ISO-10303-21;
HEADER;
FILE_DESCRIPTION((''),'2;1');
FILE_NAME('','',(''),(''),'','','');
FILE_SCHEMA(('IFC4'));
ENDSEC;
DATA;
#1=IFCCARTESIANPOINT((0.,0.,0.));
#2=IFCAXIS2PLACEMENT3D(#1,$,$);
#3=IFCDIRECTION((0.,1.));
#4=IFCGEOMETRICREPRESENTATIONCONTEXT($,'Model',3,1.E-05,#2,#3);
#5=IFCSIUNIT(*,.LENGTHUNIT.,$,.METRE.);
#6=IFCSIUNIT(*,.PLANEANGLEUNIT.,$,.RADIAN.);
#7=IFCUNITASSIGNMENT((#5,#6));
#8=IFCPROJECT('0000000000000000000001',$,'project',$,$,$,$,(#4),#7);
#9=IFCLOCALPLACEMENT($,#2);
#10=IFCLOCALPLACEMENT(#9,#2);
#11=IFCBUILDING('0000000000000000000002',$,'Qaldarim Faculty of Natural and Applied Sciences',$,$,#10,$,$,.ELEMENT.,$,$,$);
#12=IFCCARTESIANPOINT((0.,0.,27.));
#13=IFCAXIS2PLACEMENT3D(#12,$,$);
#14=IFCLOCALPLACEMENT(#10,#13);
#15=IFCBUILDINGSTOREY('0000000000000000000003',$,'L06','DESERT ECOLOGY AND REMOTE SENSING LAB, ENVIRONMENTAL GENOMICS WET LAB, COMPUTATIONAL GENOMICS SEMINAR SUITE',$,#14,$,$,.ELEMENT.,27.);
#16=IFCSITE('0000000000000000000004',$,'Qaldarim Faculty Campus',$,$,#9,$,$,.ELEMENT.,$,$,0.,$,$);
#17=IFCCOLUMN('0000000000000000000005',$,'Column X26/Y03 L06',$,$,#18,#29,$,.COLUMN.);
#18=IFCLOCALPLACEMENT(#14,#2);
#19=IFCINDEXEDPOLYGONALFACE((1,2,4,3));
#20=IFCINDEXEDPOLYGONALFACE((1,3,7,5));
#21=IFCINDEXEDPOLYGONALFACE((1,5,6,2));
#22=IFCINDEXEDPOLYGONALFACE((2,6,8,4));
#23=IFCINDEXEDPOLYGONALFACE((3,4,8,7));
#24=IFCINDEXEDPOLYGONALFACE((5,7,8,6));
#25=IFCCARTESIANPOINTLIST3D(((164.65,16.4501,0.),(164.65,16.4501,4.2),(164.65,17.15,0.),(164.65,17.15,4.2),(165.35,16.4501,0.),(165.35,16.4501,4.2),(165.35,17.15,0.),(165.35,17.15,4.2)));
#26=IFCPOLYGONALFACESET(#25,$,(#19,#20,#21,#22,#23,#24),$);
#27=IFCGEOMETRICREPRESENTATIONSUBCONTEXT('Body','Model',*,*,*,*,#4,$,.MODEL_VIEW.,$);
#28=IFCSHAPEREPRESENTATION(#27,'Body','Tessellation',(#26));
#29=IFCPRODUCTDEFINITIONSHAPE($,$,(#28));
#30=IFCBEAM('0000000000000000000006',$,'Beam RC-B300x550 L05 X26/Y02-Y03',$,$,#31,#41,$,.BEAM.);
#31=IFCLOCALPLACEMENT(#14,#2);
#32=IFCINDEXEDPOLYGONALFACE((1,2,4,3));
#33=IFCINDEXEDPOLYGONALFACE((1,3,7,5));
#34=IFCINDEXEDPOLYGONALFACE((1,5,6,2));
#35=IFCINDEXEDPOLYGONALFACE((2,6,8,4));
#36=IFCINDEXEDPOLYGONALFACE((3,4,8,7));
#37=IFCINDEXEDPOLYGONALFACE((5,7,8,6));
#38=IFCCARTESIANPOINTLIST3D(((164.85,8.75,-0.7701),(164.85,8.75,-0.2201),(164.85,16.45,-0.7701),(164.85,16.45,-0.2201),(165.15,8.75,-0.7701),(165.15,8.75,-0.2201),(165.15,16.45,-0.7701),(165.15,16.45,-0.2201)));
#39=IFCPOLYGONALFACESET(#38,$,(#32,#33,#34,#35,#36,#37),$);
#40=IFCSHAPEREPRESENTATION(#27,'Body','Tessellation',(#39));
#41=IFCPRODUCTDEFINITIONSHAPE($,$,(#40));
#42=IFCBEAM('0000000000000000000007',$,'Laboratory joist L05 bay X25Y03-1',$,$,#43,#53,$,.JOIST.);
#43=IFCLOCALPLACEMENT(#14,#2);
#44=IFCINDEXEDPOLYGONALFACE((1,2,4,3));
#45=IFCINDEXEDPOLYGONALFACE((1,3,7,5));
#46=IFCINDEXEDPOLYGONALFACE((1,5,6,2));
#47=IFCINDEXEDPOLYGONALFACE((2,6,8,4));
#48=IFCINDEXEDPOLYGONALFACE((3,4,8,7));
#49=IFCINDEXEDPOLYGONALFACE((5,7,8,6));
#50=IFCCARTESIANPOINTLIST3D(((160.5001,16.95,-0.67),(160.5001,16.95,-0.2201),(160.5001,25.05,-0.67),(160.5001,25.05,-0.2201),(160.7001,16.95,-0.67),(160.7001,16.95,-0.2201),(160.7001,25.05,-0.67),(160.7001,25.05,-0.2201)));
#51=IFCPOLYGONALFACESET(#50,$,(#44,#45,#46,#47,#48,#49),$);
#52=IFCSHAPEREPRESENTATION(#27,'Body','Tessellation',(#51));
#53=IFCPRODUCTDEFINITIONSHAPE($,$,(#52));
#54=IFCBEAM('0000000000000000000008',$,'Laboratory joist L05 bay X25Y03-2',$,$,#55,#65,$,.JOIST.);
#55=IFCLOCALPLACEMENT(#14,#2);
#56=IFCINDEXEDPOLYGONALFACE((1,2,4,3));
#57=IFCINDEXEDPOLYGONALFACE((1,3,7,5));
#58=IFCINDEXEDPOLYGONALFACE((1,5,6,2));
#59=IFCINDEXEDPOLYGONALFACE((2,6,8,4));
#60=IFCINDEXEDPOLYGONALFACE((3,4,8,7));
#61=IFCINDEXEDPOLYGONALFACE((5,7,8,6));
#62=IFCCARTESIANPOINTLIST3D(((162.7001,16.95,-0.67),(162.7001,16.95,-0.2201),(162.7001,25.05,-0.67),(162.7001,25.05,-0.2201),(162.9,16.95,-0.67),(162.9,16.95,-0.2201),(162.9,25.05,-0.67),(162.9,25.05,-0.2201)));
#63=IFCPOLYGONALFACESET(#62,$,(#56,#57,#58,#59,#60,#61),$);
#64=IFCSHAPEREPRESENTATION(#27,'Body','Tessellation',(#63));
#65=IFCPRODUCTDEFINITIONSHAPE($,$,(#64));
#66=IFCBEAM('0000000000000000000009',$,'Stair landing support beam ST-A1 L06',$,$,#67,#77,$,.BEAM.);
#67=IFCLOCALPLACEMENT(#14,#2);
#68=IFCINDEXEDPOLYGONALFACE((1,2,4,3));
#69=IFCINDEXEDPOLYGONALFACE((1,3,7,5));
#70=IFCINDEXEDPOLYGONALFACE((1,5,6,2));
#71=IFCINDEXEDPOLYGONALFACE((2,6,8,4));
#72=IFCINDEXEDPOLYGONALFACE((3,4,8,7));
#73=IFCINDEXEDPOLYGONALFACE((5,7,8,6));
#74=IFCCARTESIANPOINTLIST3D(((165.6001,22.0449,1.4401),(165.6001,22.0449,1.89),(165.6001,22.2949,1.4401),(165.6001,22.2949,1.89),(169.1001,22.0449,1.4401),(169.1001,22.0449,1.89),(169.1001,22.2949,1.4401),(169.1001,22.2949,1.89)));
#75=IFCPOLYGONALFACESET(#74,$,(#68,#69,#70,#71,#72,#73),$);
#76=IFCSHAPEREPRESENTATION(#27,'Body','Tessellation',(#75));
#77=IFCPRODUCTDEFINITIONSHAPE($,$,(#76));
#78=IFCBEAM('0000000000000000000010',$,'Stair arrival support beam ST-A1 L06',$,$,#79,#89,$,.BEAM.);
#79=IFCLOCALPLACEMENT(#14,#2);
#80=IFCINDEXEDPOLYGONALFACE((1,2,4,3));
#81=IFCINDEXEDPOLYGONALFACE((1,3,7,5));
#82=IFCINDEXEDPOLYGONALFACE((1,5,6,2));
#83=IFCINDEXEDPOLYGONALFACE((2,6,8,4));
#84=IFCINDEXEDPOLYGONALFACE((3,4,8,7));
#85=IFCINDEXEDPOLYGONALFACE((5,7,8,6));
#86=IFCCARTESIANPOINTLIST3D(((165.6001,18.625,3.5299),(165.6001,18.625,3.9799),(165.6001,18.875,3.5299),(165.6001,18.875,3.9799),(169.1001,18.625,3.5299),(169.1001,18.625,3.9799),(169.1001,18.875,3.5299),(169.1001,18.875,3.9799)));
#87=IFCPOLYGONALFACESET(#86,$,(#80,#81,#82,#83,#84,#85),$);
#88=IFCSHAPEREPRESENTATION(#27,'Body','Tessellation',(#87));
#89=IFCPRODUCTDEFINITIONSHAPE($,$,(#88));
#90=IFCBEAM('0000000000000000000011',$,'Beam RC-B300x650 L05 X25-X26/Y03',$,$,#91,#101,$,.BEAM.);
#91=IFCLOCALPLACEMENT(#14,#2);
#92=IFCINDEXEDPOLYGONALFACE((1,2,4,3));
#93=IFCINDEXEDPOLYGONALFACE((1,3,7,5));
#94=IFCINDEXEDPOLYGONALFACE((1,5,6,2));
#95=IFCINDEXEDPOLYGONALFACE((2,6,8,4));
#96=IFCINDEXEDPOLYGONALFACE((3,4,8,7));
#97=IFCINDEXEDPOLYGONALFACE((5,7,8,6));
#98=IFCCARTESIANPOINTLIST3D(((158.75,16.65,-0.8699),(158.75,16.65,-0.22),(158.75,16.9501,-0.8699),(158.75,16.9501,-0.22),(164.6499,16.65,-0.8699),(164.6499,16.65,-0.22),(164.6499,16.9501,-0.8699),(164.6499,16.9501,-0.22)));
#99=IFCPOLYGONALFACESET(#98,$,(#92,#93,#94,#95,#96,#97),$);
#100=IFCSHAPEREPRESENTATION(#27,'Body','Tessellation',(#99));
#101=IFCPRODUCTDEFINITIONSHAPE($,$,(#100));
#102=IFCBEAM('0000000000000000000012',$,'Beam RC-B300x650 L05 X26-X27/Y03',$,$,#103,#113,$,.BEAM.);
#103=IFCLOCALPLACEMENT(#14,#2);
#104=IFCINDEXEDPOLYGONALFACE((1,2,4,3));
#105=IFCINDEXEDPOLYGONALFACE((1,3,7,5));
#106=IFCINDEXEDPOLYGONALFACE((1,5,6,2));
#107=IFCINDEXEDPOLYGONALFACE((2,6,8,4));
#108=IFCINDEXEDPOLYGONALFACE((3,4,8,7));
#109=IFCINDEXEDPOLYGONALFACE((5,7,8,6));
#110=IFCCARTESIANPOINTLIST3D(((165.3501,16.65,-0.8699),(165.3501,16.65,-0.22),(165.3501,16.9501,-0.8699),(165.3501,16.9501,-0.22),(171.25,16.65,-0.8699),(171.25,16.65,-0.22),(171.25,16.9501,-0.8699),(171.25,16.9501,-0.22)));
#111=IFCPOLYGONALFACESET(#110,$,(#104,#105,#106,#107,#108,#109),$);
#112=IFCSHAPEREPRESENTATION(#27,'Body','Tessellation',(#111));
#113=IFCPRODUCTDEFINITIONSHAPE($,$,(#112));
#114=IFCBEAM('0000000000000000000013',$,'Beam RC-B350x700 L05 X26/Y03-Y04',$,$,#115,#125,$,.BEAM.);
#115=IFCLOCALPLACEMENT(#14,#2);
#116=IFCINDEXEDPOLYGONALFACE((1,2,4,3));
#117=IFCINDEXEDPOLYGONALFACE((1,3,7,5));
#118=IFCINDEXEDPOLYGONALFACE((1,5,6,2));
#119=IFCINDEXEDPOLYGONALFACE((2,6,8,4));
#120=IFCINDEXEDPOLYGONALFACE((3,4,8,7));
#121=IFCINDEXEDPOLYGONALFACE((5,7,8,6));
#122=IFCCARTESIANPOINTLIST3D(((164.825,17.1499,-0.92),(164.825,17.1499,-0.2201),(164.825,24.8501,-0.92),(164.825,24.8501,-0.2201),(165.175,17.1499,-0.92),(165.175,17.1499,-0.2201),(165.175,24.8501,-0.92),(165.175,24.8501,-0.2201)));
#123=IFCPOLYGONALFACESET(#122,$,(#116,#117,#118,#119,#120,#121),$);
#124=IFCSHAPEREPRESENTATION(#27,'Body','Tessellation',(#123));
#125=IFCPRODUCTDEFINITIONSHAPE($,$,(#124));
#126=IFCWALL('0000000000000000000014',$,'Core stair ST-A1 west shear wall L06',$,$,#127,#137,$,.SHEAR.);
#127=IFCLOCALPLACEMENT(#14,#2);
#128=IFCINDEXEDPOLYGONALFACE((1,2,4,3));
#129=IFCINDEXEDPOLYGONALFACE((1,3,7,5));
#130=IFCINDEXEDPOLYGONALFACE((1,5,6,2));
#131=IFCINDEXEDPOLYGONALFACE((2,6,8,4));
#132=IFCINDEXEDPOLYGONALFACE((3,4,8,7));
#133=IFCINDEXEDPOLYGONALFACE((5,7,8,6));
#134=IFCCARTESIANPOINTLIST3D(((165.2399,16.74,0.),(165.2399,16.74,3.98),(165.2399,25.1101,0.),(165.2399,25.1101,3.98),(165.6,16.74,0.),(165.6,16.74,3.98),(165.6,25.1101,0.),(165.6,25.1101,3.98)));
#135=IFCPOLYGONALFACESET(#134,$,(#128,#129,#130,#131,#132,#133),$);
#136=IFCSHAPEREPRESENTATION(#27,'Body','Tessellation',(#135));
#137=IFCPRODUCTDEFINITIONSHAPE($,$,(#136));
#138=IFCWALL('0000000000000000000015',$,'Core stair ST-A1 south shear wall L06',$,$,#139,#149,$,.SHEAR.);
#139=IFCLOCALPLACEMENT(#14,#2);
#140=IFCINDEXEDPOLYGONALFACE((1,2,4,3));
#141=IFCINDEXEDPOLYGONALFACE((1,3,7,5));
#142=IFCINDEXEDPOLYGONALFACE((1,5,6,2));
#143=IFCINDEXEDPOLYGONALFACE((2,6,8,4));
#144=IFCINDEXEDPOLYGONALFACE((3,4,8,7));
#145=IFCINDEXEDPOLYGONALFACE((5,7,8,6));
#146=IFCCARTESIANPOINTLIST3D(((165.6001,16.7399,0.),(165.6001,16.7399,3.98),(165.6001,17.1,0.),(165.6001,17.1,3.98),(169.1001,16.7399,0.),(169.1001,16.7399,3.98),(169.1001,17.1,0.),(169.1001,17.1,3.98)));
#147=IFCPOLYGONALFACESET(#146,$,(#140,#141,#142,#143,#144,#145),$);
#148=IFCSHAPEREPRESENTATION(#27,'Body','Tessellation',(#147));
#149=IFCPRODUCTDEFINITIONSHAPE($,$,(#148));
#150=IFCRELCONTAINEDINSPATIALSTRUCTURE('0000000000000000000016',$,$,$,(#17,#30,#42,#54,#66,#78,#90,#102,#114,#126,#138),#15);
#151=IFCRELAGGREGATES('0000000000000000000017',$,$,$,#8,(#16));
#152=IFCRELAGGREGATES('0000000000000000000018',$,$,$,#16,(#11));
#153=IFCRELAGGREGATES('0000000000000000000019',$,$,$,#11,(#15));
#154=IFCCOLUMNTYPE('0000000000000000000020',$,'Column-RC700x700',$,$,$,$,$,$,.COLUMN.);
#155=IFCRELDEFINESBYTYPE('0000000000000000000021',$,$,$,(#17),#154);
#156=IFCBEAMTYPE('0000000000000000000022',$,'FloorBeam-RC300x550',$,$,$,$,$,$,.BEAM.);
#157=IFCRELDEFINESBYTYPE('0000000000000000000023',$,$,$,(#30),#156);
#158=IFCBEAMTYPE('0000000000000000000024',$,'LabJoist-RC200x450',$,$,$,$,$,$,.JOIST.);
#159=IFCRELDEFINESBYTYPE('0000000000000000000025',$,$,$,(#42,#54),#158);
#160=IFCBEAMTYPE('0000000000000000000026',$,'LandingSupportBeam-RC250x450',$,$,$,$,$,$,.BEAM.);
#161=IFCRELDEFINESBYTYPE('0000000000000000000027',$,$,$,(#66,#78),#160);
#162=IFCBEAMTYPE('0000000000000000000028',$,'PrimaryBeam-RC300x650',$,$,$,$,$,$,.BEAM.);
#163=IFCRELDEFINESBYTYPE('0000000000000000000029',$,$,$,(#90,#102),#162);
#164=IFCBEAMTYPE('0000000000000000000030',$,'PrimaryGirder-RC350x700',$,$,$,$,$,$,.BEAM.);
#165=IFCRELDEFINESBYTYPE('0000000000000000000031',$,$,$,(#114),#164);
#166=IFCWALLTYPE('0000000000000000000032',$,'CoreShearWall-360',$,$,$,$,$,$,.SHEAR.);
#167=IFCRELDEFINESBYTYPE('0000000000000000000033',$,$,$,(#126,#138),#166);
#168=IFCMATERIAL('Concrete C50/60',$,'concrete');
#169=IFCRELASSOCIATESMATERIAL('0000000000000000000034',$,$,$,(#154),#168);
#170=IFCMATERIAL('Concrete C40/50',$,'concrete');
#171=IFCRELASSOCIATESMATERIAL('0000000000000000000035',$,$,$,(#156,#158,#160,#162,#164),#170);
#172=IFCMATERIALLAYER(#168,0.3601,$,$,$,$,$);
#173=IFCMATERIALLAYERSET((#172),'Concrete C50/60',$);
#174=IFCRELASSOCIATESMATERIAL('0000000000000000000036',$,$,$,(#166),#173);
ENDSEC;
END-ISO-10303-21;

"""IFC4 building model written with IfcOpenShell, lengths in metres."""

from ifc_helpers import new_model, si_unit, direction, frame, frame_2d, origin, origin_2d, place, context, subcontext, project, spatial, rectangle, extrude, material, layer, layer_set, material_profile, profile_set, type_object, element, save


model = new_model("IFC4")

# Units and contexts
model_context = context("Model", 3, precision=1e-05, world=origin(), true_north=direction((0.0, 1.0)))
body_context = subcontext(model_context, "Body", "Model", "MODEL_VIEW")
ifc_project = project(units=[si_unit("LENGTHUNIT", "METRE"), si_unit("PLANEANGLEUNIT", "RADIAN")], contexts=[model_context])

# Site, building, storey
site_placement = place(None, origin())
site = spatial("IfcSite", under=ifc_project, at=site_placement, Name="Qaldarim Faculty Campus", CompositionType="ELEMENT", RefElevation=0.0)
building_placement = place(site_placement, origin())
building = spatial("IfcBuilding", under=site, at=building_placement, Name="Qaldarim Faculty of Natural and Applied Sciences", CompositionType="ELEMENT")
storey_placement = place(building_placement, frame((0.0, 0.0, 27.0)))
storey = spatial("IfcBuildingStorey", under=building, at=storey_placement, Name="L06", Description="DESERT ECOLOGY AND REMOTE SENSING LAB, ENVIRONMENTAL GENOMICS WET LAB, COMPUTATIONAL GENOMICS SEMINAR SUITE", CompositionType="ELEMENT", Elevation=27.0)

# Column
ifc_material_1 = material(Name="Concrete C50/60", Category="concrete")
ifc_material_profile_1 = material_profile(ifc_material_1, rectangle(XDim=0.7, YDim=0.7, at=origin_2d()), Name="RC-C700x700")
ifc_profile_set_1 = profile_set([ifc_material_profile_1], Name="Concrete C50/60")
column_type = type_object("IfcColumnType", Name="Column-RC700x700", PredefinedType="COLUMN", material=ifc_profile_set_1)
column_placement = place(storey_placement, frame((165.0, 16.8, 0.0), z_axis=(0.0, 0.0, 1.0), x_axis=(1.0, 0.0, 0.0)))
element("IfcColumn", 1, at=column_placement, inside=storey, type_object=column_type, Name="Column X26/Y03 L06", PredefinedType="COLUMN", context=body_context, shape_type="SweptSolid", body=[
    extrude(rectangle(XDim=0.7, YDim=0.7, at=origin_2d()), origin(), (0.0, 0.0, 1.0), 4.2),
])

# Beams
ifc_material_2 = material(Name="Concrete C40/50", Category="concrete")
ifc_material_profile_2 = material_profile(ifc_material_2, rectangle(XDim=0.3, YDim=0.55, at=origin_2d()), Name="RC-B300x550")
ifc_profile_set_2 = profile_set([ifc_material_profile_2], Name="Concrete C40/50")
beam_type_1 = type_object("IfcBeamType", Name="FloorBeam-RC300x550", PredefinedType="BEAM", material=ifc_profile_set_2)
beam_1_placement = place(storey_placement, frame((165.0, 8.75, -0.4951), z_axis=(0.0, 1.0, 0.0), x_axis=(-1.0, 0.0, 0.0)))
element("IfcBeam", 2, at=beam_1_placement, inside=storey, type_object=beam_type_1, Name="Beam RC-B300x550 L05 X26/Y02-Y03", PredefinedType="BEAM", context=body_context, shape_type="SweptSolid", body=[
    extrude(rectangle(XDim=0.3, YDim=0.55, at=origin_2d()), origin(), (0.0, 0.0, 1.0), 7.7),
])
ifc_material_profile_3 = material_profile(ifc_material_2, rectangle(XDim=0.2, YDim=0.45, at=origin_2d()), Name="RC-J200x450")
ifc_profile_set_3 = profile_set([ifc_material_profile_3], Name="Concrete C40/50")
beam_type_2 = type_object("IfcBeamType", Name="LabJoist-RC200x450", PredefinedType="JOIST", material=ifc_profile_set_3)
for number, where, z_axis, x_axis, name in (
    (3, (160.6001, 16.95, -0.4451), (0.0, 1.0, 0.0), (-1.0, 0.0, 0.0), "Laboratory joist L05 bay X25Y03-1"),
    (4, (162.8, 16.95, -0.4451), (0.0, 1.0, 0.0), (-1.0, 0.0, 0.0), "Laboratory joist L05 bay X25Y03-2"),
):
    element("IfcBeam", number, at=place(storey_placement, frame(where, z_axis=z_axis, x_axis=x_axis)), inside=storey, type_object=beam_type_2, Name=name, PredefinedType="JOIST", context=body_context, shape_type="SweptSolid", body=[
        extrude(rectangle(XDim=0.2, YDim=0.45, at=origin_2d()), origin(), (0.0, 0.0, 1.0), 8.1001),
    ])
ifc_material_profile_4 = material_profile(ifc_material_2, rectangle(XDim=0.25, YDim=0.45, at=origin_2d()), Name="RC-LN250x450")
ifc_profile_set_4 = profile_set([ifc_material_profile_4], Name="Concrete C40/50")
beam_type_3 = type_object("IfcBeamType", Name="LandingSupportBeam-RC250x450", PredefinedType="BEAM", material=ifc_profile_set_4)
for number, where, z_axis, x_axis, name in (
    (5, (165.6001, 22.1699, 1.665), (1.0, 0.0, 0.0), (0.0, 1.0, 0.0), "Stair landing support beam ST-A1 L06"),
    (6, (165.6001, 18.75, 3.7549), (1.0, 0.0, 0.0), (0.0, 1.0, 0.0), "Stair arrival support beam ST-A1 L06"),
):
    element("IfcBeam", number, at=place(storey_placement, frame(where, z_axis=z_axis, x_axis=x_axis)), inside=storey, type_object=beam_type_3, Name=name, PredefinedType="BEAM", context=body_context, shape_type="SweptSolid", body=[
        extrude(rectangle(XDim=0.25, YDim=0.45, at=origin_2d()), origin(), (0.0, 0.0, 1.0), 3.5),
    ])
ifc_material_profile_5 = material_profile(ifc_material_2, rectangle(XDim=0.3, YDim=0.6499, at=origin_2d()), Name="RC-B300x650")
ifc_profile_set_5 = profile_set([ifc_material_profile_5], Name="Concrete C40/50")
beam_type_4 = type_object("IfcBeamType", Name="PrimaryBeam-RC300x650", PredefinedType="BEAM", material=ifc_profile_set_5)
for number, where, z_axis, x_axis, name in (
    (7, (158.75, 16.8, -0.5449), (1.0, 0.0, 0.0), (0.0, 1.0, 0.0), "Beam RC-B300x650 L05 X25-X26/Y03"),
    (8, (165.3501, 16.8, -0.5449), (1.0, 0.0, 0.0), (0.0, 1.0, 0.0), "Beam RC-B300x650 L05 X26-X27/Y03"),
):
    element("IfcBeam", number, at=place(storey_placement, frame(where, z_axis=z_axis, x_axis=x_axis)), inside=storey, type_object=beam_type_4, Name=name, PredefinedType="BEAM", context=body_context, shape_type="SweptSolid", body=[
        extrude(rectangle(XDim=0.3, YDim=0.6499, at=origin_2d()), origin(), (0.0, 0.0, 1.0), 5.8999),
    ])
ifc_material_profile_6 = material_profile(ifc_material_2, rectangle(XDim=0.3501, YDim=0.7, at=origin_2d()), Name="RC-B350x700")
ifc_profile_set_6 = profile_set([ifc_material_profile_6], Name="Concrete C40/50")
beam_type_5 = type_object("IfcBeamType", Name="PrimaryGirder-RC350x700", PredefinedType="BEAM", material=ifc_profile_set_6)
beam_2_placement = place(storey_placement, frame((165.0, 17.1499, -0.5701), z_axis=(0.0, 1.0, 0.0), x_axis=(-1.0, 0.0, 0.0)))
element("IfcBeam", 9, at=beam_2_placement, inside=storey, type_object=beam_type_5, Name="Beam RC-B350x700 L05 X26/Y03-Y04", PredefinedType="BEAM", context=body_context, shape_type="SweptSolid", body=[
    extrude(rectangle(XDim=0.3501, YDim=0.7, at=origin_2d()), origin(), (0.0, 0.0, 1.0), 7.7002),
])

# Walls
ifc_layer_1 = layer(ifc_material_1, 0.3601)
ifc_layer_set_1 = layer_set([ifc_layer_1], Name="Concrete C50/60")
wall_type_1 = type_object("IfcWallType", Name="CoreShearWall-360", PredefinedType="SHEAR", material=ifc_layer_set_1)
wall_1_placement = place(storey_placement, frame((165.4199, 16.74, 0.0), z_axis=(0.0, 0.0, 1.0), x_axis=(0.0, 1.0, 0.0)))
element("IfcWall", 10, at=wall_1_placement, inside=storey, type_object=wall_type_1, Name="Core stair ST-A1 west shear wall L06", PredefinedType="SHEAR", context=body_context, shape_type="SweptSolid", body=[
    extrude(rectangle(XDim=8.3701, YDim=0.3601, at=frame_2d((4.1851, 0.0))), origin(), (0.0, 0.0, 1.0), 3.98),
])
wall_2_placement = place(storey_placement, frame((165.6001, 16.9199, 0.0), z_axis=(0.0, 0.0, 1.0), x_axis=(1.0, 0.0, 0.0)))
element("IfcWall", 11, at=wall_2_placement, inside=storey, type_object=wall_type_1, Name="Core stair ST-A1 south shear wall L06", PredefinedType="SHEAR", context=body_context, shape_type="SweptSolid", body=[
    extrude(rectangle(XDim=3.5, YDim=0.3601, at=frame_2d((1.75, 0.0))), origin(), (0.0, 0.0, 1.0), 3.98),
])

save(model, "model.ifc")
